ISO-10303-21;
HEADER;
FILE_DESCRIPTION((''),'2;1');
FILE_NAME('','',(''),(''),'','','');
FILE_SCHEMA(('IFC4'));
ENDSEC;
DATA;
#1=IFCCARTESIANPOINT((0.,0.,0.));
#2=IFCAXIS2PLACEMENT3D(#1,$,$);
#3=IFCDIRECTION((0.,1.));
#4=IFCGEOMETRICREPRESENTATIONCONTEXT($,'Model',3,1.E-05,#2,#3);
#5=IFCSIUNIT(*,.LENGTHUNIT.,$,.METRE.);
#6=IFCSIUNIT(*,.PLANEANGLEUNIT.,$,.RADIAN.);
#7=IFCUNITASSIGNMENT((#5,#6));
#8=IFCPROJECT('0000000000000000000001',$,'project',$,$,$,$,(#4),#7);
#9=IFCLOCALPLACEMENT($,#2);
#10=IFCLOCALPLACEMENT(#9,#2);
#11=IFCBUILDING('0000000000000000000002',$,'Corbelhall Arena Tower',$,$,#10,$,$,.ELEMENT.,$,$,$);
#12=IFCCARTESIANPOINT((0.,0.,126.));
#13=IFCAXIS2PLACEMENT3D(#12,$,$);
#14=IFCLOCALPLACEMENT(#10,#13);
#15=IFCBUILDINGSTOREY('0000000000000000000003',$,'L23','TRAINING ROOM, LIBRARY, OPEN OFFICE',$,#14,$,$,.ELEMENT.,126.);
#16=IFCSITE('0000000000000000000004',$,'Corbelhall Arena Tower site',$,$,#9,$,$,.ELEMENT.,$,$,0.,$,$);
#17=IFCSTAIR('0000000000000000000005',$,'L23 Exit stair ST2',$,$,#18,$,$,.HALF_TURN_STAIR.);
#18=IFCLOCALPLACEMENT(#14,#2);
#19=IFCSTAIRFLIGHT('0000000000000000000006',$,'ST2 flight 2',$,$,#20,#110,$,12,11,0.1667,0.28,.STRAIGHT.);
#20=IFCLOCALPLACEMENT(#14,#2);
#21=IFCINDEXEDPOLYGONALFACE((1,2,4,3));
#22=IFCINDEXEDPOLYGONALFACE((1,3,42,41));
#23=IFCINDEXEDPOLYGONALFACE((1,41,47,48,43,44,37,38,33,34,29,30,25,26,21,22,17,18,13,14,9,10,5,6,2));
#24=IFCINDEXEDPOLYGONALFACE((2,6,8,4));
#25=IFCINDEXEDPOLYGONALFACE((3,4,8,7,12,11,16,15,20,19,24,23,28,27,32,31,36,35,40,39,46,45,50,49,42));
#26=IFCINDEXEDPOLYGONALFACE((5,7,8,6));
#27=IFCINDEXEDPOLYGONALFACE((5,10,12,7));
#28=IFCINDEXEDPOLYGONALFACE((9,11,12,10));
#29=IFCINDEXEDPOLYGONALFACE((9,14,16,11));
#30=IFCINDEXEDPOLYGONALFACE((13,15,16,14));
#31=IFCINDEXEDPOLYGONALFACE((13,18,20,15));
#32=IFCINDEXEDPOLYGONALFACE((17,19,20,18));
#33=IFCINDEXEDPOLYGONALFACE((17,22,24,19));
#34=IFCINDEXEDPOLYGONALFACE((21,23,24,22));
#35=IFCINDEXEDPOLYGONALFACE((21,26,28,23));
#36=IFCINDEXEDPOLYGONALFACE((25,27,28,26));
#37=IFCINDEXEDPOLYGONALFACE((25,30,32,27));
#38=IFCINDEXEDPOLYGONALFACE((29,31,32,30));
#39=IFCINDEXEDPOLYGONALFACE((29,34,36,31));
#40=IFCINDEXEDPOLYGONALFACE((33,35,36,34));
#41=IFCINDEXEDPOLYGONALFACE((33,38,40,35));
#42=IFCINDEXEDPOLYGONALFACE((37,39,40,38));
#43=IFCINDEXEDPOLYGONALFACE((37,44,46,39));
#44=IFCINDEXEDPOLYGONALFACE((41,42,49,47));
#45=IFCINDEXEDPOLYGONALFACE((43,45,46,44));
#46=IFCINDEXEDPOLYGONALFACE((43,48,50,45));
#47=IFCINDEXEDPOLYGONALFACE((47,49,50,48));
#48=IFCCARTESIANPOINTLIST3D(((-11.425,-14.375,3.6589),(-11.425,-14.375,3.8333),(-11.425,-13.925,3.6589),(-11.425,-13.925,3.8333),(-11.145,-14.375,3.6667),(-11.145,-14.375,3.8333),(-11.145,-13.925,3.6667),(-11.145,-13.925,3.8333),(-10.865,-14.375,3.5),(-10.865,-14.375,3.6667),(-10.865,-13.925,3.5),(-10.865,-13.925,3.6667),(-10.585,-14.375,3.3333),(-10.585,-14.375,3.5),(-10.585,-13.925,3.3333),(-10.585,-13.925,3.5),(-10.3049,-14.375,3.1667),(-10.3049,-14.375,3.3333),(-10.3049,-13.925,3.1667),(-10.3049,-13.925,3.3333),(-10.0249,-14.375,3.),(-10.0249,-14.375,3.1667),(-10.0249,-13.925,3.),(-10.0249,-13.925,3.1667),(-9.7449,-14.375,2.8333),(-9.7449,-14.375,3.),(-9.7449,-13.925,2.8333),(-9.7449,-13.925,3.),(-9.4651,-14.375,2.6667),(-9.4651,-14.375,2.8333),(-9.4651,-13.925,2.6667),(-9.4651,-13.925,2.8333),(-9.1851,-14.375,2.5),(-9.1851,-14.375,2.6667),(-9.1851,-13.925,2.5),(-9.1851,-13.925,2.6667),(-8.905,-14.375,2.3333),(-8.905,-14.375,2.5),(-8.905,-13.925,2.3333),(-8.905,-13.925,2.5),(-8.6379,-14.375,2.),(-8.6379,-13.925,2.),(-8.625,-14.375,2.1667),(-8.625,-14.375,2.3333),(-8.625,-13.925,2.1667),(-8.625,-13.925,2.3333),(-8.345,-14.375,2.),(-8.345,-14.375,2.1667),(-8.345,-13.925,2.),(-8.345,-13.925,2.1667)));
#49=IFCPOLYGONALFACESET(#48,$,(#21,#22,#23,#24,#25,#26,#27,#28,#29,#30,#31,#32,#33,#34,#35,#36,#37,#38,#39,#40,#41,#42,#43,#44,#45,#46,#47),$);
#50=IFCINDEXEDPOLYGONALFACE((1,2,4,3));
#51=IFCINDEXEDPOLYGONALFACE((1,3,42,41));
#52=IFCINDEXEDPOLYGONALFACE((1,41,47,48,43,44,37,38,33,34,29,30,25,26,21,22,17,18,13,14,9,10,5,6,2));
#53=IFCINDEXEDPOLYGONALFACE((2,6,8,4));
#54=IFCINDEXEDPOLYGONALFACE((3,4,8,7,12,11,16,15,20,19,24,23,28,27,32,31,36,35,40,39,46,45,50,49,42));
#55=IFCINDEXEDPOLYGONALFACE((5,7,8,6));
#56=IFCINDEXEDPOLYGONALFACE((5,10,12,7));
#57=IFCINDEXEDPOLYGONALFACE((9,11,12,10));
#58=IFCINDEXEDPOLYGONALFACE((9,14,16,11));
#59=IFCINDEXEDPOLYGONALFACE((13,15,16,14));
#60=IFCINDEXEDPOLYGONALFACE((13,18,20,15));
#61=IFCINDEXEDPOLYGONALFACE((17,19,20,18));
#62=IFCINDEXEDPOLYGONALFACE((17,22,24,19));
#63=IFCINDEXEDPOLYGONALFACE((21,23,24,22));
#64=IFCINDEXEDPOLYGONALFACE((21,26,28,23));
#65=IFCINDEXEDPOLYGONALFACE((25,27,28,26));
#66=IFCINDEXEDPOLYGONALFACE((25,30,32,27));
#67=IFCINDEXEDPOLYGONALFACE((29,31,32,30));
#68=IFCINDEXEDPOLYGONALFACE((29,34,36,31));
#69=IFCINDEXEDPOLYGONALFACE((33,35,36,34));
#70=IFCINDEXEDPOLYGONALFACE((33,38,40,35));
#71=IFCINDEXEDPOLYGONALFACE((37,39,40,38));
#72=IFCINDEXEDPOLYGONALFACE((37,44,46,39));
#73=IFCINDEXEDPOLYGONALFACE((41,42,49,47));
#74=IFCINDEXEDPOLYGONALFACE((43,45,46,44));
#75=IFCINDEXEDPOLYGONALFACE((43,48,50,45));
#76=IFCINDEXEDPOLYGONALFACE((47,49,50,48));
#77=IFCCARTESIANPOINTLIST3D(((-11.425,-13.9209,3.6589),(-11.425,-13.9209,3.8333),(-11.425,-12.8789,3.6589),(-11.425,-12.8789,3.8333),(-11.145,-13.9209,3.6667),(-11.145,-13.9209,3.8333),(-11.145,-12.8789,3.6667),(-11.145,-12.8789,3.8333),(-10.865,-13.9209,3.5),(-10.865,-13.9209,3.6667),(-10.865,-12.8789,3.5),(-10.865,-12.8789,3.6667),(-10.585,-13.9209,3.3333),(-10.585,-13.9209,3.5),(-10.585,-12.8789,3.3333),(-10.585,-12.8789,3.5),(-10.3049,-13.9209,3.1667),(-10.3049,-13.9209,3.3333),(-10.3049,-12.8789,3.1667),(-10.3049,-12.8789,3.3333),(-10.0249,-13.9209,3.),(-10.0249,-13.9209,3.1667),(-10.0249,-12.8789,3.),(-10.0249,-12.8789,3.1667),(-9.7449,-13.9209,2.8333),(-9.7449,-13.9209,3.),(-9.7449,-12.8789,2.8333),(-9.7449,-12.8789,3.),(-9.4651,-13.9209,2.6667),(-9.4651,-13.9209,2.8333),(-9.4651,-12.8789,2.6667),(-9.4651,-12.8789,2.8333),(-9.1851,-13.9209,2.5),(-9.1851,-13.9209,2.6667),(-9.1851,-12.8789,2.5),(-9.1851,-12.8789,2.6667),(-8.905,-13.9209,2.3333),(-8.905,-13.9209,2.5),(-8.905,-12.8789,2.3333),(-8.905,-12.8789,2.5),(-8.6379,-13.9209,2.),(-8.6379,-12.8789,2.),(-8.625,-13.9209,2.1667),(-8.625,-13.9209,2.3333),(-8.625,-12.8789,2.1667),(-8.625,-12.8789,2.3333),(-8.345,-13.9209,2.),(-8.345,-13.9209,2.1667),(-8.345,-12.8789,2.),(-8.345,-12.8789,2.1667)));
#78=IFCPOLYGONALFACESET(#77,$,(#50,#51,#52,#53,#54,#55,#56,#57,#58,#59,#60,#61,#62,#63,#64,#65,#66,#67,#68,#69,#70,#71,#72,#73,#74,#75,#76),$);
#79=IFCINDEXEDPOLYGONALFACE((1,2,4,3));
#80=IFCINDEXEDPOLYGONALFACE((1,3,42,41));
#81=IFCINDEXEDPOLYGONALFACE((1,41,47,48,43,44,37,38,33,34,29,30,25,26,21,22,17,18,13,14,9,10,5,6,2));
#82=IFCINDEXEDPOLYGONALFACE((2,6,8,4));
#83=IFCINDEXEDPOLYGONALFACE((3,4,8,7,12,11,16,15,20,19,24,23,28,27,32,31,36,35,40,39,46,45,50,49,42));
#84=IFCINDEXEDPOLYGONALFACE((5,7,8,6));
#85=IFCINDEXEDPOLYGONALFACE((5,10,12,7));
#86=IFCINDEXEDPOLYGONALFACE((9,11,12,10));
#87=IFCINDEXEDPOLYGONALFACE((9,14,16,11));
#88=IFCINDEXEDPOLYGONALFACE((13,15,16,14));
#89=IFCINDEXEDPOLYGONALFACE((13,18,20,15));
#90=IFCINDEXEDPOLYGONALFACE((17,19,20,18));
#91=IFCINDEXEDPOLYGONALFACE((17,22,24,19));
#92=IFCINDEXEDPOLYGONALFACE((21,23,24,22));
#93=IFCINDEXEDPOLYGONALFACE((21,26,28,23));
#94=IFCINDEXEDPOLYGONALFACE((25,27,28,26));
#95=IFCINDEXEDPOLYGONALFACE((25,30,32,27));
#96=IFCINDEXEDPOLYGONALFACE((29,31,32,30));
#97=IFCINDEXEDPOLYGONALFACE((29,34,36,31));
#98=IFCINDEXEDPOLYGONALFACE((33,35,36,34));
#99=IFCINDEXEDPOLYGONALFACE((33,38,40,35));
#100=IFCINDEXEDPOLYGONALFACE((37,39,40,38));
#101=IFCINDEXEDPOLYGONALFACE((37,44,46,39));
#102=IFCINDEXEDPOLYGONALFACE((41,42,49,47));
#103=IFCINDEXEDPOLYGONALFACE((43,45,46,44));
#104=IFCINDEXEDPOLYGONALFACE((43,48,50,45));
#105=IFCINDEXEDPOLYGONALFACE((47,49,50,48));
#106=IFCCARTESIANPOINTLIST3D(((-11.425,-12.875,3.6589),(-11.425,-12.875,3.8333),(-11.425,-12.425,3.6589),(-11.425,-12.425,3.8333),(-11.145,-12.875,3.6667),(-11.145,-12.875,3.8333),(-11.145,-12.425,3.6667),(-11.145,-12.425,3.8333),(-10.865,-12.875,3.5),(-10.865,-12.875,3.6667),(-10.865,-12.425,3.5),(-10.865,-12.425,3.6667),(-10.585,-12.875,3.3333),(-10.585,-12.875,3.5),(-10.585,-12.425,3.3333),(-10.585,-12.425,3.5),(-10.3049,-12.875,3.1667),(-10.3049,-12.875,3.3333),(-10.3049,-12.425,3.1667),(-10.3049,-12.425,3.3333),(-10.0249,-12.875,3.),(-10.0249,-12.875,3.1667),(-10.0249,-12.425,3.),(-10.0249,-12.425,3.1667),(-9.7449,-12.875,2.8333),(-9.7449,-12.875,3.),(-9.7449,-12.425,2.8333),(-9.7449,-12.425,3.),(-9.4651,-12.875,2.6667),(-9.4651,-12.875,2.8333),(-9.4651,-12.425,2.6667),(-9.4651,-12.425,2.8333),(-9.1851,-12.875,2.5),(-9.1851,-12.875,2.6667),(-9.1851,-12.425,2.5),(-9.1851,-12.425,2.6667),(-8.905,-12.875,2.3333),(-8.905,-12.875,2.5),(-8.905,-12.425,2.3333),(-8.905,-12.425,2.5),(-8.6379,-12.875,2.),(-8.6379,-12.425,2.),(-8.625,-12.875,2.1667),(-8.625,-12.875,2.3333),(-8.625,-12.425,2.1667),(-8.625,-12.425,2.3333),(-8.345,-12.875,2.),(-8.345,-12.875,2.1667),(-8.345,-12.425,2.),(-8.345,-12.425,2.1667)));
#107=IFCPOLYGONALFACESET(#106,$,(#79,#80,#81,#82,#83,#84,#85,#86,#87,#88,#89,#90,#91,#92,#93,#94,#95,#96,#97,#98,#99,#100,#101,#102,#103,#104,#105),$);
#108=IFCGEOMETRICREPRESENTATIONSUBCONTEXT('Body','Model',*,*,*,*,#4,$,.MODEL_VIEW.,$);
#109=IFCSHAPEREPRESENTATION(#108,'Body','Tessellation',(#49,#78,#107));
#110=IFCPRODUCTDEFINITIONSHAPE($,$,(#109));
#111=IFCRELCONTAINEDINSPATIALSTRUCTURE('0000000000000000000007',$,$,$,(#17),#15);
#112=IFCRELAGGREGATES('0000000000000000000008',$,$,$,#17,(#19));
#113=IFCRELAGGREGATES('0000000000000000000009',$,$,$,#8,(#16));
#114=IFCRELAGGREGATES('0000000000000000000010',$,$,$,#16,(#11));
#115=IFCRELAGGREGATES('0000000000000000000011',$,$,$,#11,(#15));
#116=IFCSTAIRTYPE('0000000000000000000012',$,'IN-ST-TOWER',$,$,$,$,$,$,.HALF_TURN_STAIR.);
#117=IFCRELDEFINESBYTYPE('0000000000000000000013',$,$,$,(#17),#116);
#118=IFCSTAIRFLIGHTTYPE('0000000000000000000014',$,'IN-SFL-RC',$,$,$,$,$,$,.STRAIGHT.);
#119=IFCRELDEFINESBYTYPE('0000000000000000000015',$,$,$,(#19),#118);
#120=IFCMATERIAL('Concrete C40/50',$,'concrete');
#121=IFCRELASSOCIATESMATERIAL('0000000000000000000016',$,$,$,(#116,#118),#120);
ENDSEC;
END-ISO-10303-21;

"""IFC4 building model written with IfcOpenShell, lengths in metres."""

from ifc_helpers import new_model, si_unit, direction, frame, origin, place, context, subcontext, project, spatial, polyline, outline, extrude, material, type_object, element, aggregate, save


model = new_model("IFC4")

# Units and contexts
model_context = context("Model", 3, precision=1e-05, world=origin(), true_north=direction((0.0, 1.0)))
body_context = subcontext(model_context, "Body", "Model", "MODEL_VIEW")
ifc_project = project(units=[si_unit("LENGTHUNIT", "METRE"), si_unit("PLANEANGLEUNIT", "RADIAN")], contexts=[model_context])

# Site, building, storey
site_placement = place(None, origin())
site = spatial("IfcSite", under=ifc_project, at=site_placement, Name="Corbelhall Arena Tower site", CompositionType="ELEMENT", RefElevation=0.0)
building_placement = place(site_placement, origin())
building = spatial("IfcBuilding", under=site, at=building_placement, Name="Corbelhall Arena Tower", CompositionType="ELEMENT")
storey_placement = place(building_placement, frame((0.0, 0.0, 126.0)))
storey = spatial("IfcBuildingStorey", under=building, at=storey_placement, Name="L23", Description="TRAINING ROOM, LIBRARY, OPEN OFFICE", CompositionType="ELEMENT", Elevation=126.0)

# Shared definitions
ifc_material_1 = material(Name="Concrete C40/50", Category="concrete")

# Stair, stair flight
stair_type = type_object("IfcStairType", Name="IN-ST-TOWER", PredefinedType="HALF_TURN_STAIR", material=ifc_material_1)
stair_placement = place(storey_placement, origin())
stair = element("IfcStair", 1, at=stair_placement, inside=storey, type_object=stair_type, Name="L23 Exit stair ST2", PredefinedType="HALF_TURN_STAIR")
stair_flight_type = type_object("IfcStairFlightType", Name="IN-SFL-RC", PredefinedType="STRAIGHT", material=ifc_material_1)
stair_flight_placement = place(storey_placement, frame((-8.345, -13.3999, 2.0), z_axis=(0.0, 0.0, 1.0), x_axis=(-1.0, 0.0, 0.0)))
stair_flight = element("IfcStairFlight", 2, at=stair_flight_placement, type_object=stair_flight_type, Name="ST2 flight 2", NumberOfRisers=12, NumberOfTreads=11, PredefinedType="STRAIGHT", RiserHeight=0.1667, TreadLength=0.28, context=body_context, shape_type="SweptSolid", body=[
    extrude(outline(polyline([(0.0, 0.0), (0.0, 0.1667), (0.28, 0.1667), (0.28, 0.3333), (0.5601, 0.3333), (0.5601, 0.5), (0.8401, 0.5), (0.8401, 0.6667), (1.1201, 0.6667), (1.1201, 0.8333), (1.3999, 0.8333), (1.3999, 1.0), (1.6799, 1.0), (1.6799, 1.1667), (1.96, 1.1667), (1.96, 1.3333), (2.24, 1.3333), (2.24, 1.5), (2.52, 1.5), (2.52, 1.6667), (2.8, 1.6667), (2.8, 1.8333), (3.0801, 1.8333), (3.0801, 2.0), (3.0801, 1.6589), (0.293, 0.0), (0.0, 0.0)])), frame((0.0, 0.9751, 0.0), z_axis=(0.0, -1.0, 0.0), x_axis=(1.0, 0.0, 0.0)), (0.0, 0.0, 1.0), 0.45),
    extrude(outline(polyline([(0.0, 0.0), (0.0, 0.1667), (0.28, 0.1667), (0.28, 0.3333), (0.5601, 0.3333), (0.5601, 0.5), (0.8401, 0.5), (0.8401, 0.6667), (1.1201, 0.6667), (1.1201, 0.8333), (1.3999, 0.8333), (1.3999, 1.0), (1.6799, 1.0), (1.6799, 1.1667), (1.96, 1.1667), (1.96, 1.3333), (2.24, 1.3333), (2.24, 1.5), (2.52, 1.5), (2.52, 1.6667), (2.8, 1.6667), (2.8, 1.8333), (3.0801, 1.8333), (3.0801, 2.0), (3.0801, 1.6589), (0.293, 0.0), (0.0, 0.0)])), frame((0.0, 0.521, 0.0), z_axis=(0.0, -1.0, 0.0), x_axis=(1.0, 0.0, 0.0)), (0.0, 0.0, 1.0), 1.042),
    extrude(outline(polyline([(0.0, 0.0), (0.0, 0.1667), (0.28, 0.1667), (0.28, 0.3333), (0.5601, 0.3333), (0.5601, 0.5), (0.8401, 0.5), (0.8401, 0.6667), (1.1201, 0.6667), (1.1201, 0.8333), (1.3999, 0.8333), (1.3999, 1.0), (1.6799, 1.0), (1.6799, 1.1667), (1.96, 1.1667), (1.96, 1.3333), (2.24, 1.3333), (2.24, 1.5), (2.52, 1.5), (2.52, 1.6667), (2.8, 1.6667), (2.8, 1.8333), (3.0801, 1.8333), (3.0801, 2.0), (3.0801, 1.6589), (0.293, 0.0), (0.0, 0.0)])), frame((0.0, -0.5249, 0.0), z_axis=(0.0, -1.0, 0.0), x_axis=(1.0, 0.0, 0.0)), (0.0, 0.0, 1.0), 0.45),
])
aggregate(stair, [stair_flight])

save(model, "model.ifc")
